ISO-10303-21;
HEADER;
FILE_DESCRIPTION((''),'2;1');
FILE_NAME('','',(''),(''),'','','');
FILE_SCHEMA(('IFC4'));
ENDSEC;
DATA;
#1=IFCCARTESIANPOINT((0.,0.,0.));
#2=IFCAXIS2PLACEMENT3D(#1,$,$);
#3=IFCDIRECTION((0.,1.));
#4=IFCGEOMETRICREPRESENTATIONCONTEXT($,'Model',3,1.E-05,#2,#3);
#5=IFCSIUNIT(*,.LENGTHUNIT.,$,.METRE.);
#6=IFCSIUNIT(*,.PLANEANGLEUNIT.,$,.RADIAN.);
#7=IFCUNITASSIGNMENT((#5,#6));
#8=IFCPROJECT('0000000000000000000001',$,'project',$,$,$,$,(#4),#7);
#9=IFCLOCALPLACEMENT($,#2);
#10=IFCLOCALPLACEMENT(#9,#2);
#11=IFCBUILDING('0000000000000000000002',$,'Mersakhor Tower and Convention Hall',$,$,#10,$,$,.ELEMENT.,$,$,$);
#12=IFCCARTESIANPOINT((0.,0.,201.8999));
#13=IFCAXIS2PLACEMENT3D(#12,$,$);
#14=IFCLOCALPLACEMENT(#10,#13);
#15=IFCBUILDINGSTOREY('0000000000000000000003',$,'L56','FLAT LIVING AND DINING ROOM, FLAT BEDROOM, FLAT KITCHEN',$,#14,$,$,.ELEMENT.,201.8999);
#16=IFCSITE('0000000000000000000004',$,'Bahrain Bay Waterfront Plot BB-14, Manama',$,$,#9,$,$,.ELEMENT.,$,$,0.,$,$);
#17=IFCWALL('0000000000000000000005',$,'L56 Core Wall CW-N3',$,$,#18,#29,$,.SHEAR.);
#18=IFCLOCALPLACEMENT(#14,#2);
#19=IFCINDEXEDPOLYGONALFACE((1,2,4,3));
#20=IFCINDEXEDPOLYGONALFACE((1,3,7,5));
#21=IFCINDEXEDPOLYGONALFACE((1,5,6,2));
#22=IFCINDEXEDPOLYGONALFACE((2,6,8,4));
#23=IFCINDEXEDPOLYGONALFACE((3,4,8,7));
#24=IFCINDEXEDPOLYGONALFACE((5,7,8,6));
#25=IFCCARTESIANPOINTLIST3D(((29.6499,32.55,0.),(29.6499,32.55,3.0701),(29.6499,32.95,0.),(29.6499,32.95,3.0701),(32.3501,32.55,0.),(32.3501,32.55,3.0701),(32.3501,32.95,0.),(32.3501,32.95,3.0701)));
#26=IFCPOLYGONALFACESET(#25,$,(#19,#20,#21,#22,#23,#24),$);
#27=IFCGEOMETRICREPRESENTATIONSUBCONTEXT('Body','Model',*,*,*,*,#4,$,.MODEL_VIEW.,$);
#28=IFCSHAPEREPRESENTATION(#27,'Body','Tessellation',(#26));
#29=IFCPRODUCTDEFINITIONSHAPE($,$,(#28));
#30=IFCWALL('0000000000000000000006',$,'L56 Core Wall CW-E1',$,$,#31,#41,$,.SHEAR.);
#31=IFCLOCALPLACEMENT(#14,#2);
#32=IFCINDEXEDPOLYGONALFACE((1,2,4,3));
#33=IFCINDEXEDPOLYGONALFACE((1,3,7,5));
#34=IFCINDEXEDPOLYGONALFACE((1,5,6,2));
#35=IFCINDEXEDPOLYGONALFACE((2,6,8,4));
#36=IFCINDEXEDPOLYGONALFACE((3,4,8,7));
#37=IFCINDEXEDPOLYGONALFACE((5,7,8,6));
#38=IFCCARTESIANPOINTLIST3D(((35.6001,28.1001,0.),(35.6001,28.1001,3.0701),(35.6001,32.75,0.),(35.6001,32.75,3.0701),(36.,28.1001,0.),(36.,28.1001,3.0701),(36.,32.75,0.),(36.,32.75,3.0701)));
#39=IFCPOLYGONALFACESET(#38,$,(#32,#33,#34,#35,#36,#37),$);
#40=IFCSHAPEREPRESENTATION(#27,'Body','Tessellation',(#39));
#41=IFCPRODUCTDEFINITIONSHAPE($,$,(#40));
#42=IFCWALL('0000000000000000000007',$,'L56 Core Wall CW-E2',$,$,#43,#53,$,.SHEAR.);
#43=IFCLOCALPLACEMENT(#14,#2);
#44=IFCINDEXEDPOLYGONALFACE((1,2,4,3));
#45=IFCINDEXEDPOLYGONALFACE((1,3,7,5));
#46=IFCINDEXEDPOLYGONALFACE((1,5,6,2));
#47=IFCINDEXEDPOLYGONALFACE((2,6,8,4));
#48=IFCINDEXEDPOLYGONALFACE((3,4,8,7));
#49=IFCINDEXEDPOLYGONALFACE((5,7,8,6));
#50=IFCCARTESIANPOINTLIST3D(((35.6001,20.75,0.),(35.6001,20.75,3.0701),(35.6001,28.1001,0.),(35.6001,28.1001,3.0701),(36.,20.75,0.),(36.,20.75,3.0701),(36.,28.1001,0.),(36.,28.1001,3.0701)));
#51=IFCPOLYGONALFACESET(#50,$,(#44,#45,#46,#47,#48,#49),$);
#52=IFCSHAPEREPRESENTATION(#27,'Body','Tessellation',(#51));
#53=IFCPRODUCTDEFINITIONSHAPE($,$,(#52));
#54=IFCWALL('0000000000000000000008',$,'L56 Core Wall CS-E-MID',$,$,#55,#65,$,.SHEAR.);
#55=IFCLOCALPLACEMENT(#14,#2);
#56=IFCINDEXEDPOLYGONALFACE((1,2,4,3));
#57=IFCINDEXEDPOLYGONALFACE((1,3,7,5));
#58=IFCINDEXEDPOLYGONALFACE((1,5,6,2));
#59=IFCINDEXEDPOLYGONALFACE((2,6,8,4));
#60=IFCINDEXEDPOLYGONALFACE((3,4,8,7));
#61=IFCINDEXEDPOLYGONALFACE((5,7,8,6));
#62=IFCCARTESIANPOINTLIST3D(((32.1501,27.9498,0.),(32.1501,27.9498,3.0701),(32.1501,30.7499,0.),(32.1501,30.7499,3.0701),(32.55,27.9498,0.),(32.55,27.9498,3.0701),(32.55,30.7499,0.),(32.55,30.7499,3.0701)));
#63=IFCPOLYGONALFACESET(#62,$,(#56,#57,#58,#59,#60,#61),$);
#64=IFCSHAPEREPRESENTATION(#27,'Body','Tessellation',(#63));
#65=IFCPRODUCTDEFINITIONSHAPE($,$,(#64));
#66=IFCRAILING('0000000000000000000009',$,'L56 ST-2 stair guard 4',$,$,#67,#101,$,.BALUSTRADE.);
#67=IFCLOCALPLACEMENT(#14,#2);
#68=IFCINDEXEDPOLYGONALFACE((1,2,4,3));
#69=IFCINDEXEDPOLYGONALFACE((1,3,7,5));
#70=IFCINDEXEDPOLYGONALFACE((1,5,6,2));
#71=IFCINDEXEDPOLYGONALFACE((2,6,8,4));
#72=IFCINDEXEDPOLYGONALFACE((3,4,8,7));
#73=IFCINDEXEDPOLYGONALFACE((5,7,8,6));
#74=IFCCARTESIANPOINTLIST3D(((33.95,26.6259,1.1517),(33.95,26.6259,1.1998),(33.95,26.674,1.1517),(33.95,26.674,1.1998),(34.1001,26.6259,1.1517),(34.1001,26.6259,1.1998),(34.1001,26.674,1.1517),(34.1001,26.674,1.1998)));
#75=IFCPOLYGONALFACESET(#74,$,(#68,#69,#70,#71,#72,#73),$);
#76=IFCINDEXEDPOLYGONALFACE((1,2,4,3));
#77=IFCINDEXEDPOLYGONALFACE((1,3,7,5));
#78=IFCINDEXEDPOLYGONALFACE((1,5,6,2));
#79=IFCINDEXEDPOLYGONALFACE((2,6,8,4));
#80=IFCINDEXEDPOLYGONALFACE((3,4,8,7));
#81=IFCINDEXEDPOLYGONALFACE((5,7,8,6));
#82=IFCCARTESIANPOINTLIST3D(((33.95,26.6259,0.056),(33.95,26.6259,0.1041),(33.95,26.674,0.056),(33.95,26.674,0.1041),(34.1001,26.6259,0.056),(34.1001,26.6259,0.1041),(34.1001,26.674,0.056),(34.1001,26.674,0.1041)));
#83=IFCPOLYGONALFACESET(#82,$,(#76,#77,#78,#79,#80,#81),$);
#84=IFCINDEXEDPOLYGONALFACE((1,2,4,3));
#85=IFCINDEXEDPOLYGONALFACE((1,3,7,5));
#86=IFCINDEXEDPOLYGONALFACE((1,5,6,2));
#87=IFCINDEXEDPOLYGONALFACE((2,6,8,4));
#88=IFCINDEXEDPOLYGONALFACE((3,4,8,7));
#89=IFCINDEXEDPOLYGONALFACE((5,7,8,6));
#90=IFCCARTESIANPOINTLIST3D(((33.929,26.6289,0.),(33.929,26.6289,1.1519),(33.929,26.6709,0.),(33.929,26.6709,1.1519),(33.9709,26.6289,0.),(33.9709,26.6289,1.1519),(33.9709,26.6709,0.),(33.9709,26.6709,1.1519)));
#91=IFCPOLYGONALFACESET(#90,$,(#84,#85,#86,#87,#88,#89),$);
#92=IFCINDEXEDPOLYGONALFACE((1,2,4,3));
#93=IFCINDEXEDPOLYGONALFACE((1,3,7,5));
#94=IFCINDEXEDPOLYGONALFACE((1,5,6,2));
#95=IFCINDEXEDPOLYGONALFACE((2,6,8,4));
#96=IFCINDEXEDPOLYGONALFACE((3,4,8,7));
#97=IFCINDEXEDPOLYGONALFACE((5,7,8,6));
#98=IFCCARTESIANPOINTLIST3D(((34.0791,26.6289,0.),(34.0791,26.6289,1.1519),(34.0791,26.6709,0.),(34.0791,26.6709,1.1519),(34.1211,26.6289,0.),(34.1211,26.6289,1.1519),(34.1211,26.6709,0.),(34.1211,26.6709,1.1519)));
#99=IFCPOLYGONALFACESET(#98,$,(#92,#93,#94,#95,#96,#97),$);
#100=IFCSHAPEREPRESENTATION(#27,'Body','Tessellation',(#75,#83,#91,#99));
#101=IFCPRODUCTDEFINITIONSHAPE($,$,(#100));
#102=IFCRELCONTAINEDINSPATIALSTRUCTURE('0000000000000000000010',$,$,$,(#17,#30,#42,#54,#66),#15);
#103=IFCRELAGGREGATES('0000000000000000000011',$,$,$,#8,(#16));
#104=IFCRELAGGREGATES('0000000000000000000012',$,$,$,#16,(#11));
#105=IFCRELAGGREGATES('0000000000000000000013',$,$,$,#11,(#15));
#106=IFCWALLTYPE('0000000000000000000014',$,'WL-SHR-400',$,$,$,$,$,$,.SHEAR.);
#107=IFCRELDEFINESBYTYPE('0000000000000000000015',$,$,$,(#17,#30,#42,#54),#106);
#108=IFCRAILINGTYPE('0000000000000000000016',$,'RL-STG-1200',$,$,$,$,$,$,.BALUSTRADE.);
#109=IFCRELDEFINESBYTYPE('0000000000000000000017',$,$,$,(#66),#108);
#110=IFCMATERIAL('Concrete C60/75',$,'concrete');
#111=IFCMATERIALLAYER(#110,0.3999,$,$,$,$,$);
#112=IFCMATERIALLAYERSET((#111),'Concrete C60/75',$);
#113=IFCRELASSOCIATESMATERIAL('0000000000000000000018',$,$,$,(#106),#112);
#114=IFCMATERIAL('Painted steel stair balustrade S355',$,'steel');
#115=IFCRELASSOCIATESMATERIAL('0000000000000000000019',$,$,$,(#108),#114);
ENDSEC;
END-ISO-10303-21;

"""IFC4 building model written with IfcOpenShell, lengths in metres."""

from ifc_helpers import new_model, si_unit, direction, frame, frame_2d, origin, origin_2d, place, context, subcontext, project, spatial, rectangle, extrude, material, layer, layer_set, type_object, element, save


model = new_model("IFC4")

# Units and contexts
model_context = context("Model", 3, precision=1e-05, world=origin(), true_north=direction((0.0, 1.0)))
body_context = subcontext(model_context, "Body", "Model", "MODEL_VIEW")
ifc_project = project(units=[si_unit("LENGTHUNIT", "METRE"), si_unit("PLANEANGLEUNIT", "RADIAN")], contexts=[model_context])

# Site, building, storey
site_placement = place(None, origin())
site = spatial("IfcSite", under=ifc_project, at=site_placement, Name="Bahrain Bay Waterfront Plot BB-14, Manama", CompositionType="ELEMENT", RefElevation=0.0)
building_placement = place(site_placement, origin())
building = spatial("IfcBuilding", under=site, at=building_placement, Name="Mersakhor Tower and Convention Hall", CompositionType="ELEMENT")
storey_placement = place(building_placement, frame((0.0, 0.0, 201.8999)))
storey = spatial("IfcBuildingStorey", under=building, at=storey_placement, Name="L56", Description="FLAT LIVING AND DINING ROOM, FLAT BEDROOM, FLAT KITCHEN", CompositionType="ELEMENT", Elevation=201.8999)

# Shared definitions
ifc_material_1 = material(Name="Concrete C60/75", Category="concrete")
ifc_layer_1 = layer(ifc_material_1, 0.3999)
ifc_layer_set_1 = layer_set([ifc_layer_1], Name="Concrete C60/75")
wall_type_1 = type_object("IfcWallType", Name="WL-SHR-400", PredefinedType="SHEAR", material=ifc_layer_set_1)

# Wall
wall_1_placement = place(storey_placement, frame((29.6499, 32.75, 0.0), z_axis=(0.0, 0.0, 1.0), x_axis=(1.0, 0.0, 0.0)))
element("IfcWall", 1, at=wall_1_placement, inside=storey, type_object=wall_type_1, Name="L56 Core Wall CW-N3", PredefinedType="SHEAR", context=body_context, shape_type="SweptSolid", body=[
    extrude(rectangle(XDim=2.7002, YDim=0.3999, at=frame_2d((1.3501, 0.0))), origin(), (0.0, 0.0, 1.0), 3.0701),
])

# Walls
wall_2_placement = place(storey_placement, frame((35.8, 32.75, 0.0), z_axis=(0.0, 0.0, 1.0), x_axis=(0.0, -1.0, 0.0)))
element("IfcWall", 2, at=wall_2_placement, inside=storey, type_object=wall_type_1, Name="L56 Core Wall CW-E1", PredefinedType="SHEAR", context=body_context, shape_type="SweptSolid", body=[
    extrude(rectangle(XDim=4.6499, YDim=0.3999, at=frame_2d((2.325, 0.0))), origin(), (0.0, 0.0, 1.0), 3.0701),
])
wall_3_placement = place(storey_placement, frame((35.8, 28.1001, 0.0), z_axis=(0.0, 0.0, 1.0), x_axis=(0.0, -1.0, 0.0)))
element("IfcWall", 3, at=wall_3_placement, inside=storey, type_object=wall_type_1, Name="L56 Core Wall CW-E2", PredefinedType="SHEAR", context=body_context, shape_type="SweptSolid", body=[
    extrude(rectangle(XDim=7.3501, YDim=0.3999, at=frame_2d((3.675, 0.0))), origin(), (0.0, 0.0, 1.0), 3.0701),
])
wall_4_placement = place(storey_placement, frame((32.3501, 27.95, 0.0), z_axis=(0.0, 0.0, 1.0), x_axis=(0.0, 1.0, 0.0)))
element("IfcWall", 4, at=wall_4_placement, inside=storey, type_object=wall_type_1, Name="L56 Core Wall CS-E-MID", PredefinedType="SHEAR", context=body_context, shape_type="SweptSolid", body=[
    extrude(rectangle(XDim=2.8, YDim=0.3999, at=frame_2d((1.3999, 0.0))), origin(), (0.0, 0.0, 1.0), 3.0701),
])

# Railing
ifc_material_2 = material(Name="Painted steel stair balustrade S355", Category="steel")
railing_type = type_object("IfcRailingType", Name="RL-STG-1200", PredefinedType="BALUSTRADE", material=ifc_material_2)
railing_placement = place(storey_placement, frame((33.95, 26.6499, 0.0)))
element("IfcRailing", 5, at=railing_placement, inside=storey, type_object=railing_type, Name="L56 ST-2 stair guard 4", PredefinedType="BALUSTRADE", context=body_context, shape_type="SweptSolid", body=[
    extrude(rectangle(XDim=0.0481, YDim=0.0481, at=origin_2d()), frame((0.0, 0.0, 1.1758), z_axis=(1.0, 0.0, 0.0), x_axis=(0.0, 1.0, 0.0)), (0.0, 0.0, 1.0), 0.1501),
    extrude(rectangle(XDim=0.0481, YDim=0.0481, at=origin_2d()), frame((0.0, 0.0, 0.0801), z_axis=(1.0, 0.0, 0.0), x_axis=(0.0, 1.0, 0.0)), (0.0, 0.0, 1.0), 0.1501),
    extrude(rectangle(XDim=0.042, YDim=0.042, at=origin_2d()), origin(), (0.0, 0.0, 1.0), 1.1519),
    extrude(rectangle(XDim=0.042, YDim=0.042, at=origin_2d()), frame((0.1501, 0.0, 0.0)), (0.0, 0.0, 1.0), 1.1519),
])

save(model, "model.ifc")
